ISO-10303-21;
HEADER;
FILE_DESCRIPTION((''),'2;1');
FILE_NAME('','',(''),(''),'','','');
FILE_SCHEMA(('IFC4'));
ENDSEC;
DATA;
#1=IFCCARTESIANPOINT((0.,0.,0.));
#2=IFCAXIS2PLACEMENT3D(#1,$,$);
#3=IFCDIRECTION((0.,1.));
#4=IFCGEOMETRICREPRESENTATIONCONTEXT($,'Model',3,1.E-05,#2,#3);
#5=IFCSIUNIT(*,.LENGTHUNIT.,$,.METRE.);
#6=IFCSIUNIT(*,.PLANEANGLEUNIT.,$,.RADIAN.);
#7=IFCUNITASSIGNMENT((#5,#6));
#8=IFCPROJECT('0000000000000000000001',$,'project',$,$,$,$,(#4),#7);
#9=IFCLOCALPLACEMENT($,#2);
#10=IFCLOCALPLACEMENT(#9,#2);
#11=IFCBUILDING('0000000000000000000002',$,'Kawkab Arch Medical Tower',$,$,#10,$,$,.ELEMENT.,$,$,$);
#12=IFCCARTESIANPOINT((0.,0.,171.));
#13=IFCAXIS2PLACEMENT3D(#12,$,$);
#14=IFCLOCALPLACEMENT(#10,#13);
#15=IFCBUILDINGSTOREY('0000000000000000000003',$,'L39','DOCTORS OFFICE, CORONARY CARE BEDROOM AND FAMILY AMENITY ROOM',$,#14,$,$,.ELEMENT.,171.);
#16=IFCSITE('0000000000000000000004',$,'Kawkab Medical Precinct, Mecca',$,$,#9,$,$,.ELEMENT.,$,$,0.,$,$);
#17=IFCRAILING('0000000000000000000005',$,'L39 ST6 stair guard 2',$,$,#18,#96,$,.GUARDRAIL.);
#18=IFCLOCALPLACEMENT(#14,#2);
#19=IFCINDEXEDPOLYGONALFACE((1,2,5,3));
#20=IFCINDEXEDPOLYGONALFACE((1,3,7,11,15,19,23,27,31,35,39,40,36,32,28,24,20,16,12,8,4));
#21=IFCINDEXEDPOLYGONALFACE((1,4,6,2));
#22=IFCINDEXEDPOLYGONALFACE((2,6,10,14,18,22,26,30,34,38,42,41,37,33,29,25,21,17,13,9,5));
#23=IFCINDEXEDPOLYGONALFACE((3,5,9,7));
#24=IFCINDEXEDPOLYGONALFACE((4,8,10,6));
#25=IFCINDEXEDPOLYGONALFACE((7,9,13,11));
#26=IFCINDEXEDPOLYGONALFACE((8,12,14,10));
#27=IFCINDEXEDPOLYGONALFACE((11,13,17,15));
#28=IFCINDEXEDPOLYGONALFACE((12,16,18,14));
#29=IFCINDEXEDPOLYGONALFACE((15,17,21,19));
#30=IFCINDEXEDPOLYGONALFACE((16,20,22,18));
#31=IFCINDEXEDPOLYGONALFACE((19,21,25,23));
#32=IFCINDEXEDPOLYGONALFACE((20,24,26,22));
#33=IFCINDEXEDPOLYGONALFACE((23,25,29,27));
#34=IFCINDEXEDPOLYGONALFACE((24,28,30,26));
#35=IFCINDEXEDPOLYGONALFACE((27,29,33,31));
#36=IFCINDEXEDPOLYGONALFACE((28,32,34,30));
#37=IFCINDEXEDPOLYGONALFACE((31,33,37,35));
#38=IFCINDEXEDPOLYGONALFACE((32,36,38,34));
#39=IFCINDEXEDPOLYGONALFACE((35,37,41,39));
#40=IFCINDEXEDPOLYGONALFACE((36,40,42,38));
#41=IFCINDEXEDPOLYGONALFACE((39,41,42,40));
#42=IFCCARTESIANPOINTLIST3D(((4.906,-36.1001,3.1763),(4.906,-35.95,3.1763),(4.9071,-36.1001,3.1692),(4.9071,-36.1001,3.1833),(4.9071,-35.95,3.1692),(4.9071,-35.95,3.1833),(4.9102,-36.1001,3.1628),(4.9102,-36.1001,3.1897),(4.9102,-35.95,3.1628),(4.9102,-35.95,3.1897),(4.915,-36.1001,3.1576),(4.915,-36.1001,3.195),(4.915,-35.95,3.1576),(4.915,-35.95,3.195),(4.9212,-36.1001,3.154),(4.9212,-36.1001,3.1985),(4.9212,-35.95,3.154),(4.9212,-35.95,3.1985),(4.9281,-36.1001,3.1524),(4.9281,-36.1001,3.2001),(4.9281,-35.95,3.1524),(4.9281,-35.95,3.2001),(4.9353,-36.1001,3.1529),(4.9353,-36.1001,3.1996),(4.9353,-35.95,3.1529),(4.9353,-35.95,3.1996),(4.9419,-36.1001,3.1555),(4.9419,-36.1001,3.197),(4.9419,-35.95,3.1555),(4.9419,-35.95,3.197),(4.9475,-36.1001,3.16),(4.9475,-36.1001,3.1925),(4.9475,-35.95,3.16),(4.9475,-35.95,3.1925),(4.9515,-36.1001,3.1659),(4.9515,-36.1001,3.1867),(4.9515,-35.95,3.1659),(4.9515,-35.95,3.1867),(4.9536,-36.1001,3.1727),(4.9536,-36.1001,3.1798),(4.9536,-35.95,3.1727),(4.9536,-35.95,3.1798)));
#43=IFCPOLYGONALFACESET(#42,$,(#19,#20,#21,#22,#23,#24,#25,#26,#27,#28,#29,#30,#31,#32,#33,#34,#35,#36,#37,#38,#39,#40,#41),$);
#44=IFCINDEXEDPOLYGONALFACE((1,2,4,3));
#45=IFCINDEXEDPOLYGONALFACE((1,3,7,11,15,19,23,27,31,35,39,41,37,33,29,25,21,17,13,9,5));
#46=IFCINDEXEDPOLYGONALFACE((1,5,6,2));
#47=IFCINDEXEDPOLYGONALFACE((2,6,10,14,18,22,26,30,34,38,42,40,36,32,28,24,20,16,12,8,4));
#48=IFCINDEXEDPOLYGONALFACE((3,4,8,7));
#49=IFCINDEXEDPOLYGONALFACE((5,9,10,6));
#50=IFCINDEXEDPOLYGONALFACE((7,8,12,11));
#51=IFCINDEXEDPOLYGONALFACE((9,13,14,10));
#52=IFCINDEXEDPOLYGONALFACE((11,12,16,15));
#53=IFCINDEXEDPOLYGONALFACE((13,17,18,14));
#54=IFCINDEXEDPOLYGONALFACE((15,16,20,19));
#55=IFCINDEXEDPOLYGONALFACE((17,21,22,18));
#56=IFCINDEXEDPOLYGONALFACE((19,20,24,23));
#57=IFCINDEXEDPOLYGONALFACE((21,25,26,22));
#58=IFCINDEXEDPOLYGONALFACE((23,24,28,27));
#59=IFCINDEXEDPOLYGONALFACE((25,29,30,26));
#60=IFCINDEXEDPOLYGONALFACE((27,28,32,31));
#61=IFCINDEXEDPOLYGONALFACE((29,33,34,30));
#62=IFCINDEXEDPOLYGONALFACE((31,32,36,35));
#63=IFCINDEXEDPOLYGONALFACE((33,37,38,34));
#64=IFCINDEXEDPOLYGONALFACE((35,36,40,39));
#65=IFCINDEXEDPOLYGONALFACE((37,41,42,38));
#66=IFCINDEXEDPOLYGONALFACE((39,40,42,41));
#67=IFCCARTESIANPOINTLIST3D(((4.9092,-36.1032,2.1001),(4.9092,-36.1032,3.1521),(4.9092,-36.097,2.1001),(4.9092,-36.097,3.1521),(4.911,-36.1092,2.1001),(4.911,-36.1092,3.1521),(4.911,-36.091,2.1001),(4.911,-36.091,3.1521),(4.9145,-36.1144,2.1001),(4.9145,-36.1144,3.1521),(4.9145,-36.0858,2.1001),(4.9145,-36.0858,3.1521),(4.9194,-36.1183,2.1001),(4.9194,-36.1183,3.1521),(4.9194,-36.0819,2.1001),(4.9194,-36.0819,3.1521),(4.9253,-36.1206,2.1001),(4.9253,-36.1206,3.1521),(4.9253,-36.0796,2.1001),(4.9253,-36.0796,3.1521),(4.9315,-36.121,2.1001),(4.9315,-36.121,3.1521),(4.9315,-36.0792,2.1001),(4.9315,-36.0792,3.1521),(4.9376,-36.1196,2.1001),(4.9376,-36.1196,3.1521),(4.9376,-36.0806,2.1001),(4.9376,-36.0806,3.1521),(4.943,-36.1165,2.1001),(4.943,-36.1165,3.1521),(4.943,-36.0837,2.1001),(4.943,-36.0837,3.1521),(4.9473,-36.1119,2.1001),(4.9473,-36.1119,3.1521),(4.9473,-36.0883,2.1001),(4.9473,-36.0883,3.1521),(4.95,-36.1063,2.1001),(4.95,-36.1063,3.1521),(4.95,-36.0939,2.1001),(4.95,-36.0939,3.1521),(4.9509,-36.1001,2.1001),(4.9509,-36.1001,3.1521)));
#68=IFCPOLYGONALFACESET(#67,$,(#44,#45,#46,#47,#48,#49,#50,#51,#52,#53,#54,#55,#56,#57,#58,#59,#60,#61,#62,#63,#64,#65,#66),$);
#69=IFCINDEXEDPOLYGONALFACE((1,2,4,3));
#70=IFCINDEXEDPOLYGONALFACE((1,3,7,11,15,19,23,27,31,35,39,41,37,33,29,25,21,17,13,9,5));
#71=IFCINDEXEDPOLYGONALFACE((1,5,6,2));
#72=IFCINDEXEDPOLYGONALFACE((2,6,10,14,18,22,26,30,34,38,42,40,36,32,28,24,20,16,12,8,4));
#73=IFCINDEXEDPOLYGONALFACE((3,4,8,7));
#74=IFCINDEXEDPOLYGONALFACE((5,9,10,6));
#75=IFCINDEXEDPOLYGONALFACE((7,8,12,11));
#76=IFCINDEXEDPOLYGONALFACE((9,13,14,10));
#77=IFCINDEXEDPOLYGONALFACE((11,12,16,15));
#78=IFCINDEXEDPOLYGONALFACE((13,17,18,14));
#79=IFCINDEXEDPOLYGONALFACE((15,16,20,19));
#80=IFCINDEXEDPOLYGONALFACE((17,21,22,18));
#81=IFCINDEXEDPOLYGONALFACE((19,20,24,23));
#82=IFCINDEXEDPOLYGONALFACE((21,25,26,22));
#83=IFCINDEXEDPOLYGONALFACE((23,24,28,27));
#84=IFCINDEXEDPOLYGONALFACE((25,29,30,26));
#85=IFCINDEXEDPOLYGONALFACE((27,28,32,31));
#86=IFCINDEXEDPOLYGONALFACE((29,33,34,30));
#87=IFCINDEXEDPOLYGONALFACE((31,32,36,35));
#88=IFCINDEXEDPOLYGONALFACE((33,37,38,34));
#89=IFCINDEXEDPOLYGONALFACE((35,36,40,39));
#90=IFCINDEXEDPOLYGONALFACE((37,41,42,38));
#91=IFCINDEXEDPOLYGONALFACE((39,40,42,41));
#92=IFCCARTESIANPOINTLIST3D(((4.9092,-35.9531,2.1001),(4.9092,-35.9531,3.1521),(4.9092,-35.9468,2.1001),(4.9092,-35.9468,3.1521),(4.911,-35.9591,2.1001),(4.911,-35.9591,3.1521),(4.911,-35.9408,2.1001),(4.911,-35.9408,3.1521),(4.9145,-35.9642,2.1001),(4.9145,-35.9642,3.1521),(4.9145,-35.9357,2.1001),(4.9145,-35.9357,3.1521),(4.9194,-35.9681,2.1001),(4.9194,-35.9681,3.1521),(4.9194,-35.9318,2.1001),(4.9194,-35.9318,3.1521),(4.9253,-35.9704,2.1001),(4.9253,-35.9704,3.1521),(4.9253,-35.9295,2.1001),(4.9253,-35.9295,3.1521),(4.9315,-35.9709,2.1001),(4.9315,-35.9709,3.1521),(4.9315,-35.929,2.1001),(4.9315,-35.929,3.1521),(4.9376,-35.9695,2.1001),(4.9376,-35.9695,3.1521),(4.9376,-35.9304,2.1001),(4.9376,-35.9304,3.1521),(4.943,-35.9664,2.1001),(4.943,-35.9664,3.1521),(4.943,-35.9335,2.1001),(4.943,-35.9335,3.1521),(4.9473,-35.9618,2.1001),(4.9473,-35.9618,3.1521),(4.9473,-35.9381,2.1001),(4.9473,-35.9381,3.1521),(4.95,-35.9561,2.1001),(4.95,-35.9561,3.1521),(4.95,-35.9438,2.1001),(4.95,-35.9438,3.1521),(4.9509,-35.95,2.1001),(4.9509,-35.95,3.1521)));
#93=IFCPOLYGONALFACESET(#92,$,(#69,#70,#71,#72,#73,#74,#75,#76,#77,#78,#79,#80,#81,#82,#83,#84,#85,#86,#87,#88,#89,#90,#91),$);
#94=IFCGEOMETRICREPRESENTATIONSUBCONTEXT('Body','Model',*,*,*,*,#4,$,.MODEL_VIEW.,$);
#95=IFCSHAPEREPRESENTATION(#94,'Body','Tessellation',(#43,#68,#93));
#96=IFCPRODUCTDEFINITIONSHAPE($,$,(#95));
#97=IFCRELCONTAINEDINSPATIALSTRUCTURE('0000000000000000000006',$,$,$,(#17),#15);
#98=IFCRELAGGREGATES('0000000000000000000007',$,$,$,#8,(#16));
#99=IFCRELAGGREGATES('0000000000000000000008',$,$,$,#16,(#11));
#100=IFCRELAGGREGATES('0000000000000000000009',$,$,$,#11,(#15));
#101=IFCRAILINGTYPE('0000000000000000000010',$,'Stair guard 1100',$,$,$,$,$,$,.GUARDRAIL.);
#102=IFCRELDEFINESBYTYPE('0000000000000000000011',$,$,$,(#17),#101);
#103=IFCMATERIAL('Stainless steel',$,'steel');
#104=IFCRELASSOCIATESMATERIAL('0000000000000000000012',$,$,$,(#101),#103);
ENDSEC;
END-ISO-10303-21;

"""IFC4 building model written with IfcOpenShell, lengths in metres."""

from ifc_helpers import new_model, si_unit, direction, frame, origin, origin_2d, place, context, subcontext, project, spatial, circle, extrude, material, type_object, element, save


model = new_model("IFC4")

# Units and contexts
model_context = context("Model", 3, precision=1e-05, world=origin(), true_north=direction((0.0, 1.0)))
body_context = subcontext(model_context, "Body", "Model", "MODEL_VIEW")
ifc_project = project(units=[si_unit("LENGTHUNIT", "METRE"), si_unit("PLANEANGLEUNIT", "RADIAN")], contexts=[model_context])

# Site, building, storey
site_placement = place(None, origin())
site = spatial("IfcSite", under=ifc_project, at=site_placement, Name="Kawkab Medical Precinct, Mecca", CompositionType="ELEMENT", RefElevation=0.0)
building_placement = place(site_placement, origin())
building = spatial("IfcBuilding", under=site, at=building_placement, Name="Kawkab Arch Medical Tower", CompositionType="ELEMENT")
storey_placement = place(building_placement, frame((0.0, 0.0, 171.0)))
storey = spatial("IfcBuildingStorey", under=building, at=storey_placement, Name="L39", Description="DOCTORS OFFICE, CORONARY CARE BEDROOM AND FAMILY AMENITY ROOM", CompositionType="ELEMENT", Elevation=171.0)

# Railing
ifc_material_1 = material(Name="Stainless steel", Category="steel")
railing_type = type_object("IfcRailingType", Name="Stair guard 1100", PredefinedType="GUARDRAIL", material=ifc_material_1)
railing_1_placement = place(storey_placement, frame((4.9299, -36.1001, 2.1001)))
element("IfcRailing", 1, at=railing_1_placement, inside=storey, type_object=railing_type, Name="L39 ST6 stair guard 2", PredefinedType="GUARDRAIL", context=body_context, shape_type="SweptSolid", body=[
    extrude(circle(Radius=0.0239, at=origin_2d()), frame((0.0, 0.0, 1.0762), z_axis=(0.0, 1.0, 0.0), x_axis=(-1.0, 0.0, 0.0)), (0.0, 0.0, 1.0), 0.1501),
    extrude(circle(Radius=0.021, at=origin_2d()), origin(), (0.0, 0.0, 1.0), 1.052),
    extrude(circle(Radius=0.021, at=origin_2d()), frame((0.0, 0.1501, 0.0)), (0.0, 0.0, 1.0), 1.052),
])

save(model, "model.ifc")
